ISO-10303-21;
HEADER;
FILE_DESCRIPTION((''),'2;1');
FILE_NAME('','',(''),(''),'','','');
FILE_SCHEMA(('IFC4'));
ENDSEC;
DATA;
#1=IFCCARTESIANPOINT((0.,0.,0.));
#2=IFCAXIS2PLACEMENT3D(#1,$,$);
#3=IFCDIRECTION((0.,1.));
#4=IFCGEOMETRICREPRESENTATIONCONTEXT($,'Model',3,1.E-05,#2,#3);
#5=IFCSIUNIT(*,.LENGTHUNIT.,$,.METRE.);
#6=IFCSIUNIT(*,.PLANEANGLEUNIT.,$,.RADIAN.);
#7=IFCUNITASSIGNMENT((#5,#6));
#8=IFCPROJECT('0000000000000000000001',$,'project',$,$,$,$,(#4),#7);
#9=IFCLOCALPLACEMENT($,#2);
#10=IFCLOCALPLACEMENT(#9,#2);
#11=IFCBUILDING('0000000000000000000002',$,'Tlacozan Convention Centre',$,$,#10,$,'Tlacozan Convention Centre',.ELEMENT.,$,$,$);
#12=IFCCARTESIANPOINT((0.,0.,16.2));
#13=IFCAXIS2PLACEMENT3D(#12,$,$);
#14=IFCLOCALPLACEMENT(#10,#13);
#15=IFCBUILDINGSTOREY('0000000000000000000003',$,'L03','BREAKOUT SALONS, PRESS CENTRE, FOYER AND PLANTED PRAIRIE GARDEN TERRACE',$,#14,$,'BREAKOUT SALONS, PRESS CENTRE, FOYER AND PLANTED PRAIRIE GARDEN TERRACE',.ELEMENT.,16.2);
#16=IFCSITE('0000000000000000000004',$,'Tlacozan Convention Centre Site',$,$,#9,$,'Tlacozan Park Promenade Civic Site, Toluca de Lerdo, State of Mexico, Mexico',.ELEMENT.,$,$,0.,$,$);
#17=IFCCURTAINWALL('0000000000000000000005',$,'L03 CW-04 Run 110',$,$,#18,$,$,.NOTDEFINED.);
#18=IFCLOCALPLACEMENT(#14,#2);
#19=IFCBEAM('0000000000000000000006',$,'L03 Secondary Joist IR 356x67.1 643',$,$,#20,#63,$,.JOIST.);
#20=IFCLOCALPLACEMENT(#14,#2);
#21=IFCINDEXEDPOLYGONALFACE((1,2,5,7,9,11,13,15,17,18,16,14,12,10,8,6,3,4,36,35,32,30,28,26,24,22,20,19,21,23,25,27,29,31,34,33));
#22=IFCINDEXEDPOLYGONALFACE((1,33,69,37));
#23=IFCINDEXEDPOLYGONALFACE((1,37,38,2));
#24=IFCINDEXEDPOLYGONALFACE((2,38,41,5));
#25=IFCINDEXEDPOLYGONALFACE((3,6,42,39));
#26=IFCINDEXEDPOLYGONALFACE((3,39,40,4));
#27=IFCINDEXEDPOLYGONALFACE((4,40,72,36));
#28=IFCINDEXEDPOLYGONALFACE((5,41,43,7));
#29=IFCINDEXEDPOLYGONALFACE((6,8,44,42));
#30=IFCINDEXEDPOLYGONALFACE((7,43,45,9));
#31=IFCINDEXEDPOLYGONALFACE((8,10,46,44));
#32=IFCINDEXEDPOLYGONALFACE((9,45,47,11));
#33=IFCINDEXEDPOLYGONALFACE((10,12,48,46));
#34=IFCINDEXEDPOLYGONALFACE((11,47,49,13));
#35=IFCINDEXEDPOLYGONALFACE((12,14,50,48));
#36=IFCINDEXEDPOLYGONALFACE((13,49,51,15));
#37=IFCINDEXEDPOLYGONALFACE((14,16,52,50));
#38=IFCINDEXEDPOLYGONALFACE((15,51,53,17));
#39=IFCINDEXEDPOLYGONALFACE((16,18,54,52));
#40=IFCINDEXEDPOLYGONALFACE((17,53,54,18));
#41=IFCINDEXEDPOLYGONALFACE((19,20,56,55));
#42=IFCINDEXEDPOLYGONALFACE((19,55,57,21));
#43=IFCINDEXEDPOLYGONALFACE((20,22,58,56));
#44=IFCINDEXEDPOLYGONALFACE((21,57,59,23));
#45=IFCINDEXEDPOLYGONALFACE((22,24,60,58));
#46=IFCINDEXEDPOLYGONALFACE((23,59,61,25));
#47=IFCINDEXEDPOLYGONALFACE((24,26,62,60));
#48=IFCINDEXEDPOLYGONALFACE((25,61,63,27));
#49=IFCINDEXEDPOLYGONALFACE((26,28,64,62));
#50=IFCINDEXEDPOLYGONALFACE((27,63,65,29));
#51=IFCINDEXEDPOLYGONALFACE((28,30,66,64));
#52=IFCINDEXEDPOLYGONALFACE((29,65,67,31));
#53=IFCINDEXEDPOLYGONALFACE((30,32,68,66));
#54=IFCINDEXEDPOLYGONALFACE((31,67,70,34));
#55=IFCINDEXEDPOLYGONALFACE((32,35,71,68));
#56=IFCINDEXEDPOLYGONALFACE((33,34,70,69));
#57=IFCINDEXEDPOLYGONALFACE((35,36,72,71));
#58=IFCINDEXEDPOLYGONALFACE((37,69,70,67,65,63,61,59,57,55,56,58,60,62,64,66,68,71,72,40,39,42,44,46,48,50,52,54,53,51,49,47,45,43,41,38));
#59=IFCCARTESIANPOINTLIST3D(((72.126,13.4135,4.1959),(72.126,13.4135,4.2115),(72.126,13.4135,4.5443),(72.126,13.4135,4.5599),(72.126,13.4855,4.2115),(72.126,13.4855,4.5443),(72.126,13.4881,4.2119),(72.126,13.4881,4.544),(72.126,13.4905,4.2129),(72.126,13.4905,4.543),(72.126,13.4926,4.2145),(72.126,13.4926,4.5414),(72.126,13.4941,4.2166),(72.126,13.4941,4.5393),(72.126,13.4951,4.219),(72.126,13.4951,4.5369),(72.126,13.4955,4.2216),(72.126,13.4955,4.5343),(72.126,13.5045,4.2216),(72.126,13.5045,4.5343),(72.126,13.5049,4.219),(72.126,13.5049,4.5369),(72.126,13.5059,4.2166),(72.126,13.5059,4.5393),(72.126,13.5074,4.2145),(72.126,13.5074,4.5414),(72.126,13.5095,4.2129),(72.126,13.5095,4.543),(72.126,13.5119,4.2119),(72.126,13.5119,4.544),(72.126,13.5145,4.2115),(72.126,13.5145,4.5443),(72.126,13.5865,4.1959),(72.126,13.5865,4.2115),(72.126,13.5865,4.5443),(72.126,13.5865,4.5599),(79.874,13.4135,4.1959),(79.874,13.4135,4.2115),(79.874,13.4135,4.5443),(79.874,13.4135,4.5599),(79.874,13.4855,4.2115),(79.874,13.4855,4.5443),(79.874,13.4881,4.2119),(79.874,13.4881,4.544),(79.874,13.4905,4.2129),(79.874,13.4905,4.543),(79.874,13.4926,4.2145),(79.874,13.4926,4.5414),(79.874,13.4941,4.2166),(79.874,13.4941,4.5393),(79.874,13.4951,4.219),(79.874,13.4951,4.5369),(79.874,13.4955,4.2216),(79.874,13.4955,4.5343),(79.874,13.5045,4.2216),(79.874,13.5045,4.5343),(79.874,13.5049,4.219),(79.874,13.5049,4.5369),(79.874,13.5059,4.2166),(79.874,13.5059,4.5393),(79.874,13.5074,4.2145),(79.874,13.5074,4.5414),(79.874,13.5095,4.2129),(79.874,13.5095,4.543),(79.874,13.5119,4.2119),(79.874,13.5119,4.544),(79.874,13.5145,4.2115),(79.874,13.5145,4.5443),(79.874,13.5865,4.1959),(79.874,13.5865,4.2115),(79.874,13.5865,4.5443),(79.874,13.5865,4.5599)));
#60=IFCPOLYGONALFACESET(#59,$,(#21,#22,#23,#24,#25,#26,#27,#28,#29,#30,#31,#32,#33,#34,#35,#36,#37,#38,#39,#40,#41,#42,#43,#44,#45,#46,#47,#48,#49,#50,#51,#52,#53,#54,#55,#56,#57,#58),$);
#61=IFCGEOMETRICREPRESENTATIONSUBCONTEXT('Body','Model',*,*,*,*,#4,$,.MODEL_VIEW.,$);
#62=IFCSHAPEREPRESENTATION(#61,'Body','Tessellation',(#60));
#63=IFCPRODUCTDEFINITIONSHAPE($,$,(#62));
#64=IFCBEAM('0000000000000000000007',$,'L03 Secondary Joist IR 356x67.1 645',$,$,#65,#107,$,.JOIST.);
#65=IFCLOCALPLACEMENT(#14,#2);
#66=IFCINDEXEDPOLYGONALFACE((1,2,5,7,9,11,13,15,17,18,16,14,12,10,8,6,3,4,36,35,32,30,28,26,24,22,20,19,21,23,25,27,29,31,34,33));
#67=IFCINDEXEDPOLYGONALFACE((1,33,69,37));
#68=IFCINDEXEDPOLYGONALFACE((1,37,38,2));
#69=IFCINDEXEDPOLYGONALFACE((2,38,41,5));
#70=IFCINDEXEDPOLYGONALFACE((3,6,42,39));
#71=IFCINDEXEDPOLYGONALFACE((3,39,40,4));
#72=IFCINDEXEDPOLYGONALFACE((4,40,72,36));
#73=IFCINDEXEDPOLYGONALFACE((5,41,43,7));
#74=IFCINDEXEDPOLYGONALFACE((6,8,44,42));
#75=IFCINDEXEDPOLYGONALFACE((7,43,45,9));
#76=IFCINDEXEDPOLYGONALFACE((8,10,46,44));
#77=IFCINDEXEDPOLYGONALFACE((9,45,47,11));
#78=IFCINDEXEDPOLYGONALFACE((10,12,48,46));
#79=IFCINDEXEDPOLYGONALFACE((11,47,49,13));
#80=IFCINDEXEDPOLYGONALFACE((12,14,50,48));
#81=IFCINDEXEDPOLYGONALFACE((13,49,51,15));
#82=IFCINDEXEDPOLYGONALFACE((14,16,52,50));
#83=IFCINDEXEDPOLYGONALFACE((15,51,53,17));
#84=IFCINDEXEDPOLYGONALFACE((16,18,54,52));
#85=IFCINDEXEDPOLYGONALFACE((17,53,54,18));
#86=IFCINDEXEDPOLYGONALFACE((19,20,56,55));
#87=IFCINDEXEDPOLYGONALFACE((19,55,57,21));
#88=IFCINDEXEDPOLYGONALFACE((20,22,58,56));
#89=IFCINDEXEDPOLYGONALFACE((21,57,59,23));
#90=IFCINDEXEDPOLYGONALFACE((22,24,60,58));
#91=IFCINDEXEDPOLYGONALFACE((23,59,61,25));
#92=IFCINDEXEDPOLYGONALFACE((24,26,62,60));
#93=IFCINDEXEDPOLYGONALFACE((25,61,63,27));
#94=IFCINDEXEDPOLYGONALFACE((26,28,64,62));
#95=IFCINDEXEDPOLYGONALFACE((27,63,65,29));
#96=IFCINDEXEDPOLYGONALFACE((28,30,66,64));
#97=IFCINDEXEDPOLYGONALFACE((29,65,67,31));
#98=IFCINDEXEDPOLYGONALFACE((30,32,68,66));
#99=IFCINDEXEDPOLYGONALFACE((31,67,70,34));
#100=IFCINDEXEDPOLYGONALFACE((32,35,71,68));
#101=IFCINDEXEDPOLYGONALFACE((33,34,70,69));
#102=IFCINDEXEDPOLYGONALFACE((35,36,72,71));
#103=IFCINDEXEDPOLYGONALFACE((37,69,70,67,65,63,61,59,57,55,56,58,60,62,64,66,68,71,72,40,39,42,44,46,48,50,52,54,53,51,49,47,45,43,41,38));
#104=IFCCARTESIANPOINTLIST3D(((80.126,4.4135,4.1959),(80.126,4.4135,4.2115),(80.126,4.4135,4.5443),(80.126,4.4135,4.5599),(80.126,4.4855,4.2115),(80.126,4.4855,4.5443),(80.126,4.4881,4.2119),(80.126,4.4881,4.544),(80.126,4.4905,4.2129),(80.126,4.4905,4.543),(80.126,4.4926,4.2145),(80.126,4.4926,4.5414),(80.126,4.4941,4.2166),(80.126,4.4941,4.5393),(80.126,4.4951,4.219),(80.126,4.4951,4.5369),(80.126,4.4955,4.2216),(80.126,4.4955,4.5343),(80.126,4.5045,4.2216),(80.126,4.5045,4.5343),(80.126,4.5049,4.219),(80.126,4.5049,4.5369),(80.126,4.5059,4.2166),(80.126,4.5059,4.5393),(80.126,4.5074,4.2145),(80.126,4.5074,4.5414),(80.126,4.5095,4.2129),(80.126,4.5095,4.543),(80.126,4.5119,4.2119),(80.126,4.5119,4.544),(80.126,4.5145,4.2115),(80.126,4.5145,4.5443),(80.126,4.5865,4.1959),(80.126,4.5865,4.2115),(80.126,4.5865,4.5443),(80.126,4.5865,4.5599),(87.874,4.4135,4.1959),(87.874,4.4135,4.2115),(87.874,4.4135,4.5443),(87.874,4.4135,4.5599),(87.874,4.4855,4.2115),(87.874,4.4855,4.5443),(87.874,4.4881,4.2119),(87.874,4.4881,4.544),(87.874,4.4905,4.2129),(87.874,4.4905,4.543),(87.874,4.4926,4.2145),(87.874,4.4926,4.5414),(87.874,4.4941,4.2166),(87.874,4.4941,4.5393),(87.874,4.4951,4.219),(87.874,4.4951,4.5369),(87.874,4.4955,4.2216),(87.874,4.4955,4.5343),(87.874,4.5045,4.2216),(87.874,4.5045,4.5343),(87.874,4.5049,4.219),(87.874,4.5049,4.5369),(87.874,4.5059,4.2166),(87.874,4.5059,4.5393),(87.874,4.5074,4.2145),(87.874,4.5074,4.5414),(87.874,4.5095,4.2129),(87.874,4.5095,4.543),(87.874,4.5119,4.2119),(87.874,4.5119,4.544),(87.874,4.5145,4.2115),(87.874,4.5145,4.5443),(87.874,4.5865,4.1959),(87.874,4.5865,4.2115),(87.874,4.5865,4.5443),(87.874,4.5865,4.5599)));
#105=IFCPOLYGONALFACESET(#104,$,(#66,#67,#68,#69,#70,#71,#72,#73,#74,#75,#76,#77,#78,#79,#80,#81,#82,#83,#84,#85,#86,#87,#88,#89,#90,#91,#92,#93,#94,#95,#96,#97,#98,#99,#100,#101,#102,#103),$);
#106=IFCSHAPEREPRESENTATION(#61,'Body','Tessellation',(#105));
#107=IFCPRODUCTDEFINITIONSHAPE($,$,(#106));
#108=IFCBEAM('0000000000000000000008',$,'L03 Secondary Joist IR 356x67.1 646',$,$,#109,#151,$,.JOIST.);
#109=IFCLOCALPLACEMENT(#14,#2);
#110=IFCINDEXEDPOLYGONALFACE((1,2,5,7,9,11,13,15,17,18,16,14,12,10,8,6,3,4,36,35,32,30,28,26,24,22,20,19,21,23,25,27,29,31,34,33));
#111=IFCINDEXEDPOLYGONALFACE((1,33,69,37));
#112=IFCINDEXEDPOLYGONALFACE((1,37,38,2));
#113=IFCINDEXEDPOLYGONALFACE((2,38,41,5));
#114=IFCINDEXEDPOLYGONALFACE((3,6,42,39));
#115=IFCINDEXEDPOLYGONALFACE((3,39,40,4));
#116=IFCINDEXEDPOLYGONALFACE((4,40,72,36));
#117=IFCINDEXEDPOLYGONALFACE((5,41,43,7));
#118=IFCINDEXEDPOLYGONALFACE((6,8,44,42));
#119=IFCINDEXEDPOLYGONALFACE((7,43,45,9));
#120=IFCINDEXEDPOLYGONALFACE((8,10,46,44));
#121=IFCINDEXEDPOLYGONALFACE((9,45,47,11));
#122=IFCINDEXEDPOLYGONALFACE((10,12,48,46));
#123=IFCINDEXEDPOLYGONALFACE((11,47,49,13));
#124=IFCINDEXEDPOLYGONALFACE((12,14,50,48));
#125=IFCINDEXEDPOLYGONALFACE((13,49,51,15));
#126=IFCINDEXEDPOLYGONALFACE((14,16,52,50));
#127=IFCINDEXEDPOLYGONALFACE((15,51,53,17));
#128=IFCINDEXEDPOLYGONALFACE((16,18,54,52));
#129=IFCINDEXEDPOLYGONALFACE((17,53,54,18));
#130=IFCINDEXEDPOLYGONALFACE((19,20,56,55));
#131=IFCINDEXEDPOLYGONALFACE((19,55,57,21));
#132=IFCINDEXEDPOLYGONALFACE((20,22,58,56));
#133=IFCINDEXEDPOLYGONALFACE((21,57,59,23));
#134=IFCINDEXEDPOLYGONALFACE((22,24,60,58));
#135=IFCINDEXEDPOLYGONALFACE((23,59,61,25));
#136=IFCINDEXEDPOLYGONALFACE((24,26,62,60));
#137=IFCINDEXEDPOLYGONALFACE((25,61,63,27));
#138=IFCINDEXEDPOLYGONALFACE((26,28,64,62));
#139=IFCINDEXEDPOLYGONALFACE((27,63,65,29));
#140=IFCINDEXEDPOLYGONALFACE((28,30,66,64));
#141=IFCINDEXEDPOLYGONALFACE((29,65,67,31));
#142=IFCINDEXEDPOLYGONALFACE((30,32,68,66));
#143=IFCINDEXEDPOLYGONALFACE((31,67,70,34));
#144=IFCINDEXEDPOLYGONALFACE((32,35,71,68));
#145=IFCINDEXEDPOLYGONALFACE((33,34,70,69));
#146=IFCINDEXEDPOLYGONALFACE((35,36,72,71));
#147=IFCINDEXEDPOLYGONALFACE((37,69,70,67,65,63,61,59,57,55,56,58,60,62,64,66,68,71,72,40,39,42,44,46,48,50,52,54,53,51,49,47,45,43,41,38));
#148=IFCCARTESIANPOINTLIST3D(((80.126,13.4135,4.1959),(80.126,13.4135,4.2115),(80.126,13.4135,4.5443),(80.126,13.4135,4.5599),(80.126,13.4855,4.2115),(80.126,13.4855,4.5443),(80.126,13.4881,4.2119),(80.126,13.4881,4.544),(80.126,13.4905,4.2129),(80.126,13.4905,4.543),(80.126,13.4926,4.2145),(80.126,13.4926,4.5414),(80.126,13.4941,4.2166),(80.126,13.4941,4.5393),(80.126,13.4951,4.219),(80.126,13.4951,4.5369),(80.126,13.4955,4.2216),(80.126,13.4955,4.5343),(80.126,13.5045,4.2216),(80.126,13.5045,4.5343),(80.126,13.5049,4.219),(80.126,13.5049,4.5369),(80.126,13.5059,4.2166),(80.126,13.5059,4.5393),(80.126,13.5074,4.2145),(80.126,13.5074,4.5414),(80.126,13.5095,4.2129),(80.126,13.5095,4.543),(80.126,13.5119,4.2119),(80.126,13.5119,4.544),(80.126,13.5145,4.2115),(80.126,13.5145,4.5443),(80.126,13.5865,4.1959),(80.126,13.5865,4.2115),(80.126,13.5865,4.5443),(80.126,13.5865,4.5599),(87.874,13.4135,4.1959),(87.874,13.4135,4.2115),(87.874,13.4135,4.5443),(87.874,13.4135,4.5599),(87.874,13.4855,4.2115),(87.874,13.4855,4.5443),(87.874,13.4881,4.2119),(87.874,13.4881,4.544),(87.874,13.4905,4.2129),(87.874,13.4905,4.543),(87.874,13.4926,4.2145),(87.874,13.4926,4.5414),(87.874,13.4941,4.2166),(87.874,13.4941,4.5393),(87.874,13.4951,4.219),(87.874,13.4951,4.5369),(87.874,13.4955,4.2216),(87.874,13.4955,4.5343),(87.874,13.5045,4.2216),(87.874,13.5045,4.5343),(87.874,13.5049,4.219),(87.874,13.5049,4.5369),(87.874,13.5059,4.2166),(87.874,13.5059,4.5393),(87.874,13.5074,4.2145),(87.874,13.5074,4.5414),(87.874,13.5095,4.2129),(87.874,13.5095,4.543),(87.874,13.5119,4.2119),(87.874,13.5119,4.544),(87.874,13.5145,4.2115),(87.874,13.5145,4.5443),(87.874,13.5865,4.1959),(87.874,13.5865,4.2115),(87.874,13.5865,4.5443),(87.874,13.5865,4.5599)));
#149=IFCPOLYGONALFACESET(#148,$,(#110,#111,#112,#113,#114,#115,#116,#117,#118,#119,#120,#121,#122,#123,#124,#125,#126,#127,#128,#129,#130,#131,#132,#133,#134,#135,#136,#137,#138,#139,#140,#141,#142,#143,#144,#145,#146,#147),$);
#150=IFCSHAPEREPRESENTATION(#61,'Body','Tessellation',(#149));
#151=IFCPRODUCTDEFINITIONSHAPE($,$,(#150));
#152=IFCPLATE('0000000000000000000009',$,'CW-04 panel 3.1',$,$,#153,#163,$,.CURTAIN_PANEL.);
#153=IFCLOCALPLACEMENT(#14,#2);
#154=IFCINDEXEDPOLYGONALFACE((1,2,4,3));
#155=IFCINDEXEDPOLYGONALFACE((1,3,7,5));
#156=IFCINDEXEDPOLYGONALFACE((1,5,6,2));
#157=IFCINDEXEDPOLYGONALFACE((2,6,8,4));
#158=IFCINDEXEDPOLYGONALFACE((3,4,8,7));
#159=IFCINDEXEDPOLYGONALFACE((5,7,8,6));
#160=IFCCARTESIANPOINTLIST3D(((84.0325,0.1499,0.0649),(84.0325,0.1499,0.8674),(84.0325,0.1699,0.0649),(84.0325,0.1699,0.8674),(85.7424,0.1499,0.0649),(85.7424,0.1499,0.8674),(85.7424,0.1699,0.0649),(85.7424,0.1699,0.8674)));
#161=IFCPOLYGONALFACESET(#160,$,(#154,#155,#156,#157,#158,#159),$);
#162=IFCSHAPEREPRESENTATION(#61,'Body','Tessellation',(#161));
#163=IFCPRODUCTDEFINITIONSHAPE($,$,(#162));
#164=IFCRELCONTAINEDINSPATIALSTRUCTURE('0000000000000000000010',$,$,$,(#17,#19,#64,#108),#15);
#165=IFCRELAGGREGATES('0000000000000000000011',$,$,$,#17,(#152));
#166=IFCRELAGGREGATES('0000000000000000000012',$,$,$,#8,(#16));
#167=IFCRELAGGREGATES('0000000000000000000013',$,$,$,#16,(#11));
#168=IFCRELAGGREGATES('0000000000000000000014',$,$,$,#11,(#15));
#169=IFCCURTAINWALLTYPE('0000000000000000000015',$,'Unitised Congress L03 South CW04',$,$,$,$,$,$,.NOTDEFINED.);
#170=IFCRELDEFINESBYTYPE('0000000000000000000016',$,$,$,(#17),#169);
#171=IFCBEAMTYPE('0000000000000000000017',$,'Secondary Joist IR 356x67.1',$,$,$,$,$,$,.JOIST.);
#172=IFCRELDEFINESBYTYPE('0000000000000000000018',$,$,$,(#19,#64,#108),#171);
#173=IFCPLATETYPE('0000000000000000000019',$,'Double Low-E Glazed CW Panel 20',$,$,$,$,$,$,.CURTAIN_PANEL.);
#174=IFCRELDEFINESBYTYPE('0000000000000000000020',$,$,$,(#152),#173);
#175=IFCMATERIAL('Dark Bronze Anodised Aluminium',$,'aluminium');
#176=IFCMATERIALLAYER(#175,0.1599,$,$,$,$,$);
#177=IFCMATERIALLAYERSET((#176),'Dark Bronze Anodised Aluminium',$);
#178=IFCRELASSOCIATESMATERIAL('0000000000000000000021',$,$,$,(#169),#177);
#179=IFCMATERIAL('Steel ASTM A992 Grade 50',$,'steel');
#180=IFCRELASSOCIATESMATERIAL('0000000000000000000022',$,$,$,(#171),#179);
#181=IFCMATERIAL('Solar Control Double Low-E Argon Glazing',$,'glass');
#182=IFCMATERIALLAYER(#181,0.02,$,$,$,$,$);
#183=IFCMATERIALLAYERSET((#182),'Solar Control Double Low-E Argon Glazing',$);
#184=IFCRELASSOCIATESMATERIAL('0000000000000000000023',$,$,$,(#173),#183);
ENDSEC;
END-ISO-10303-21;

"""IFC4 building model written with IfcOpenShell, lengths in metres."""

from ifc_helpers import new_model, si_unit, direction, frame, origin, origin_2d, place, context, subcontext, project, spatial, rectangle, i_section, extrude, material, layer, layer_set, material_profile, profile_set, type_object, element, aggregate, save


model = new_model("IFC4")

# Units and contexts
model_context = context("Model", 3, precision=1e-05, world=origin(), true_north=direction((0.0, 1.0)))
body_context = subcontext(model_context, "Body", "Model", "MODEL_VIEW")
ifc_project = project(units=[si_unit("LENGTHUNIT", "METRE"), si_unit("PLANEANGLEUNIT", "RADIAN")], contexts=[model_context])

# Site, building, storey
site_placement = place(None, origin())
site = spatial("IfcSite", under=ifc_project, at=site_placement, Name="Tlacozan Convention Centre Site", LongName="Tlacozan Park Promenade Civic Site, Toluca de Lerdo, State of Mexico, Mexico", CompositionType="ELEMENT", RefElevation=0.0)
building_placement = place(site_placement, origin())
building = spatial("IfcBuilding", under=site, at=building_placement, Name="Tlacozan Convention Centre", LongName="Tlacozan Convention Centre", CompositionType="ELEMENT")
storey_placement = place(building_placement, frame((0.0, 0.0, 16.2)))
storey = spatial("IfcBuildingStorey", under=building, at=storey_placement, Name="L03", Description="BREAKOUT SALONS, PRESS CENTRE, FOYER AND PLANTED PRAIRIE GARDEN TERRACE", LongName="BREAKOUT SALONS, PRESS CENTRE, FOYER AND PLANTED PRAIRIE GARDEN TERRACE", CompositionType="ELEMENT", Elevation=16.2)

# Curtain wall
ifc_material_1 = material(Name="Dark Bronze Anodised Aluminium", Category="aluminium")
ifc_layer_1 = layer(ifc_material_1, 0.1599)
ifc_layer_set_1 = layer_set([ifc_layer_1], Name="Dark Bronze Anodised Aluminium")
curtain_wall_type = type_object("IfcCurtainWallType", Name="Unitised Congress L03 South CW04", PredefinedType="NOTDEFINED", material=ifc_layer_set_1)
curtain_wall_placement = place(storey_placement, origin())
curtain_wall = element("IfcCurtainWall", 1, at=curtain_wall_placement, inside=storey, type_object=curtain_wall_type, Name="L03 CW-04 Run 110", PredefinedType="NOTDEFINED")

# Beams
ifc_material_2 = material(Name="Steel ASTM A992 Grade 50", Category="steel")
ifc_material_profile_1 = material_profile(ifc_material_2, i_section(OverallWidth=0.1731, OverallDepth=0.364, WebThickness=0.009, FlangeThickness=0.0156, FilletRadius=0.01, at=origin_2d()), Name="IR 356x67.1")
ifc_profile_set_1 = profile_set([ifc_material_profile_1], Name="Steel ASTM A992 Grade 50")
beam_type_1 = type_object("IfcBeamType", Name="Secondary Joist IR 356x67.1", PredefinedType="JOIST", material=ifc_profile_set_1)
for number, where, z_axis, x_axis, name in (
    (2, (72.126, 13.5, 4.3779), (1.0, 0.0, 0.0), (0.0, 1.0, 0.0), "L03 Secondary Joist IR 356x67.1 643"),
    (3, (80.126, 4.5, 4.3779), (1.0, 0.0, 0.0), (0.0, 1.0, 0.0), "L03 Secondary Joist IR 356x67.1 645"),
    (4, (80.126, 13.5, 4.3779), (1.0, 0.0, 0.0), (0.0, 1.0, 0.0), "L03 Secondary Joist IR 356x67.1 646"),
):
    element("IfcBeam", number, at=place(storey_placement, frame(where, z_axis=z_axis, x_axis=x_axis)), inside=storey, type_object=beam_type_1, Name=name, PredefinedType="JOIST", context=body_context, shape_type="SweptSolid", body=[
        extrude(i_section(OverallWidth=0.1731, OverallDepth=0.364, WebThickness=0.009, FlangeThickness=0.0156, FilletRadius=0.01, at=origin_2d()), origin(), (0.0, 0.0, 1.0), 7.748),
    ])

# Plate
ifc_material_3 = material(Name="Solar Control Double Low-E Argon Glazing", Category="glass")
ifc_layer_2 = layer(ifc_material_3, 0.02)
ifc_layer_set_2 = layer_set([ifc_layer_2], Name="Solar Control Double Low-E Argon Glazing")
plate_type = type_object("IfcPlateType", Name="Double Low-E Glazed CW Panel 20", PredefinedType="CURTAIN_PANEL", material=ifc_layer_set_2)
plate_placement = place(storey_placement, frame((84.8875, 0.1599, 0.0649), z_axis=(0.0, 0.0, 1.0), x_axis=(1.0, 0.0, 0.0)))
plate = element("IfcPlate", 5, at=plate_placement, type_object=plate_type, Name="CW-04 panel 3.1", PredefinedType="CURTAIN_PANEL", context=body_context, shape_type="SweptSolid", body=[
    extrude(rectangle(XDim=1.71, YDim=0.02, at=origin_2d()), origin(), (0.0, 0.0, 1.0), 0.8025),
])
aggregate(curtain_wall, [plate])

save(model, "model.ifc")
